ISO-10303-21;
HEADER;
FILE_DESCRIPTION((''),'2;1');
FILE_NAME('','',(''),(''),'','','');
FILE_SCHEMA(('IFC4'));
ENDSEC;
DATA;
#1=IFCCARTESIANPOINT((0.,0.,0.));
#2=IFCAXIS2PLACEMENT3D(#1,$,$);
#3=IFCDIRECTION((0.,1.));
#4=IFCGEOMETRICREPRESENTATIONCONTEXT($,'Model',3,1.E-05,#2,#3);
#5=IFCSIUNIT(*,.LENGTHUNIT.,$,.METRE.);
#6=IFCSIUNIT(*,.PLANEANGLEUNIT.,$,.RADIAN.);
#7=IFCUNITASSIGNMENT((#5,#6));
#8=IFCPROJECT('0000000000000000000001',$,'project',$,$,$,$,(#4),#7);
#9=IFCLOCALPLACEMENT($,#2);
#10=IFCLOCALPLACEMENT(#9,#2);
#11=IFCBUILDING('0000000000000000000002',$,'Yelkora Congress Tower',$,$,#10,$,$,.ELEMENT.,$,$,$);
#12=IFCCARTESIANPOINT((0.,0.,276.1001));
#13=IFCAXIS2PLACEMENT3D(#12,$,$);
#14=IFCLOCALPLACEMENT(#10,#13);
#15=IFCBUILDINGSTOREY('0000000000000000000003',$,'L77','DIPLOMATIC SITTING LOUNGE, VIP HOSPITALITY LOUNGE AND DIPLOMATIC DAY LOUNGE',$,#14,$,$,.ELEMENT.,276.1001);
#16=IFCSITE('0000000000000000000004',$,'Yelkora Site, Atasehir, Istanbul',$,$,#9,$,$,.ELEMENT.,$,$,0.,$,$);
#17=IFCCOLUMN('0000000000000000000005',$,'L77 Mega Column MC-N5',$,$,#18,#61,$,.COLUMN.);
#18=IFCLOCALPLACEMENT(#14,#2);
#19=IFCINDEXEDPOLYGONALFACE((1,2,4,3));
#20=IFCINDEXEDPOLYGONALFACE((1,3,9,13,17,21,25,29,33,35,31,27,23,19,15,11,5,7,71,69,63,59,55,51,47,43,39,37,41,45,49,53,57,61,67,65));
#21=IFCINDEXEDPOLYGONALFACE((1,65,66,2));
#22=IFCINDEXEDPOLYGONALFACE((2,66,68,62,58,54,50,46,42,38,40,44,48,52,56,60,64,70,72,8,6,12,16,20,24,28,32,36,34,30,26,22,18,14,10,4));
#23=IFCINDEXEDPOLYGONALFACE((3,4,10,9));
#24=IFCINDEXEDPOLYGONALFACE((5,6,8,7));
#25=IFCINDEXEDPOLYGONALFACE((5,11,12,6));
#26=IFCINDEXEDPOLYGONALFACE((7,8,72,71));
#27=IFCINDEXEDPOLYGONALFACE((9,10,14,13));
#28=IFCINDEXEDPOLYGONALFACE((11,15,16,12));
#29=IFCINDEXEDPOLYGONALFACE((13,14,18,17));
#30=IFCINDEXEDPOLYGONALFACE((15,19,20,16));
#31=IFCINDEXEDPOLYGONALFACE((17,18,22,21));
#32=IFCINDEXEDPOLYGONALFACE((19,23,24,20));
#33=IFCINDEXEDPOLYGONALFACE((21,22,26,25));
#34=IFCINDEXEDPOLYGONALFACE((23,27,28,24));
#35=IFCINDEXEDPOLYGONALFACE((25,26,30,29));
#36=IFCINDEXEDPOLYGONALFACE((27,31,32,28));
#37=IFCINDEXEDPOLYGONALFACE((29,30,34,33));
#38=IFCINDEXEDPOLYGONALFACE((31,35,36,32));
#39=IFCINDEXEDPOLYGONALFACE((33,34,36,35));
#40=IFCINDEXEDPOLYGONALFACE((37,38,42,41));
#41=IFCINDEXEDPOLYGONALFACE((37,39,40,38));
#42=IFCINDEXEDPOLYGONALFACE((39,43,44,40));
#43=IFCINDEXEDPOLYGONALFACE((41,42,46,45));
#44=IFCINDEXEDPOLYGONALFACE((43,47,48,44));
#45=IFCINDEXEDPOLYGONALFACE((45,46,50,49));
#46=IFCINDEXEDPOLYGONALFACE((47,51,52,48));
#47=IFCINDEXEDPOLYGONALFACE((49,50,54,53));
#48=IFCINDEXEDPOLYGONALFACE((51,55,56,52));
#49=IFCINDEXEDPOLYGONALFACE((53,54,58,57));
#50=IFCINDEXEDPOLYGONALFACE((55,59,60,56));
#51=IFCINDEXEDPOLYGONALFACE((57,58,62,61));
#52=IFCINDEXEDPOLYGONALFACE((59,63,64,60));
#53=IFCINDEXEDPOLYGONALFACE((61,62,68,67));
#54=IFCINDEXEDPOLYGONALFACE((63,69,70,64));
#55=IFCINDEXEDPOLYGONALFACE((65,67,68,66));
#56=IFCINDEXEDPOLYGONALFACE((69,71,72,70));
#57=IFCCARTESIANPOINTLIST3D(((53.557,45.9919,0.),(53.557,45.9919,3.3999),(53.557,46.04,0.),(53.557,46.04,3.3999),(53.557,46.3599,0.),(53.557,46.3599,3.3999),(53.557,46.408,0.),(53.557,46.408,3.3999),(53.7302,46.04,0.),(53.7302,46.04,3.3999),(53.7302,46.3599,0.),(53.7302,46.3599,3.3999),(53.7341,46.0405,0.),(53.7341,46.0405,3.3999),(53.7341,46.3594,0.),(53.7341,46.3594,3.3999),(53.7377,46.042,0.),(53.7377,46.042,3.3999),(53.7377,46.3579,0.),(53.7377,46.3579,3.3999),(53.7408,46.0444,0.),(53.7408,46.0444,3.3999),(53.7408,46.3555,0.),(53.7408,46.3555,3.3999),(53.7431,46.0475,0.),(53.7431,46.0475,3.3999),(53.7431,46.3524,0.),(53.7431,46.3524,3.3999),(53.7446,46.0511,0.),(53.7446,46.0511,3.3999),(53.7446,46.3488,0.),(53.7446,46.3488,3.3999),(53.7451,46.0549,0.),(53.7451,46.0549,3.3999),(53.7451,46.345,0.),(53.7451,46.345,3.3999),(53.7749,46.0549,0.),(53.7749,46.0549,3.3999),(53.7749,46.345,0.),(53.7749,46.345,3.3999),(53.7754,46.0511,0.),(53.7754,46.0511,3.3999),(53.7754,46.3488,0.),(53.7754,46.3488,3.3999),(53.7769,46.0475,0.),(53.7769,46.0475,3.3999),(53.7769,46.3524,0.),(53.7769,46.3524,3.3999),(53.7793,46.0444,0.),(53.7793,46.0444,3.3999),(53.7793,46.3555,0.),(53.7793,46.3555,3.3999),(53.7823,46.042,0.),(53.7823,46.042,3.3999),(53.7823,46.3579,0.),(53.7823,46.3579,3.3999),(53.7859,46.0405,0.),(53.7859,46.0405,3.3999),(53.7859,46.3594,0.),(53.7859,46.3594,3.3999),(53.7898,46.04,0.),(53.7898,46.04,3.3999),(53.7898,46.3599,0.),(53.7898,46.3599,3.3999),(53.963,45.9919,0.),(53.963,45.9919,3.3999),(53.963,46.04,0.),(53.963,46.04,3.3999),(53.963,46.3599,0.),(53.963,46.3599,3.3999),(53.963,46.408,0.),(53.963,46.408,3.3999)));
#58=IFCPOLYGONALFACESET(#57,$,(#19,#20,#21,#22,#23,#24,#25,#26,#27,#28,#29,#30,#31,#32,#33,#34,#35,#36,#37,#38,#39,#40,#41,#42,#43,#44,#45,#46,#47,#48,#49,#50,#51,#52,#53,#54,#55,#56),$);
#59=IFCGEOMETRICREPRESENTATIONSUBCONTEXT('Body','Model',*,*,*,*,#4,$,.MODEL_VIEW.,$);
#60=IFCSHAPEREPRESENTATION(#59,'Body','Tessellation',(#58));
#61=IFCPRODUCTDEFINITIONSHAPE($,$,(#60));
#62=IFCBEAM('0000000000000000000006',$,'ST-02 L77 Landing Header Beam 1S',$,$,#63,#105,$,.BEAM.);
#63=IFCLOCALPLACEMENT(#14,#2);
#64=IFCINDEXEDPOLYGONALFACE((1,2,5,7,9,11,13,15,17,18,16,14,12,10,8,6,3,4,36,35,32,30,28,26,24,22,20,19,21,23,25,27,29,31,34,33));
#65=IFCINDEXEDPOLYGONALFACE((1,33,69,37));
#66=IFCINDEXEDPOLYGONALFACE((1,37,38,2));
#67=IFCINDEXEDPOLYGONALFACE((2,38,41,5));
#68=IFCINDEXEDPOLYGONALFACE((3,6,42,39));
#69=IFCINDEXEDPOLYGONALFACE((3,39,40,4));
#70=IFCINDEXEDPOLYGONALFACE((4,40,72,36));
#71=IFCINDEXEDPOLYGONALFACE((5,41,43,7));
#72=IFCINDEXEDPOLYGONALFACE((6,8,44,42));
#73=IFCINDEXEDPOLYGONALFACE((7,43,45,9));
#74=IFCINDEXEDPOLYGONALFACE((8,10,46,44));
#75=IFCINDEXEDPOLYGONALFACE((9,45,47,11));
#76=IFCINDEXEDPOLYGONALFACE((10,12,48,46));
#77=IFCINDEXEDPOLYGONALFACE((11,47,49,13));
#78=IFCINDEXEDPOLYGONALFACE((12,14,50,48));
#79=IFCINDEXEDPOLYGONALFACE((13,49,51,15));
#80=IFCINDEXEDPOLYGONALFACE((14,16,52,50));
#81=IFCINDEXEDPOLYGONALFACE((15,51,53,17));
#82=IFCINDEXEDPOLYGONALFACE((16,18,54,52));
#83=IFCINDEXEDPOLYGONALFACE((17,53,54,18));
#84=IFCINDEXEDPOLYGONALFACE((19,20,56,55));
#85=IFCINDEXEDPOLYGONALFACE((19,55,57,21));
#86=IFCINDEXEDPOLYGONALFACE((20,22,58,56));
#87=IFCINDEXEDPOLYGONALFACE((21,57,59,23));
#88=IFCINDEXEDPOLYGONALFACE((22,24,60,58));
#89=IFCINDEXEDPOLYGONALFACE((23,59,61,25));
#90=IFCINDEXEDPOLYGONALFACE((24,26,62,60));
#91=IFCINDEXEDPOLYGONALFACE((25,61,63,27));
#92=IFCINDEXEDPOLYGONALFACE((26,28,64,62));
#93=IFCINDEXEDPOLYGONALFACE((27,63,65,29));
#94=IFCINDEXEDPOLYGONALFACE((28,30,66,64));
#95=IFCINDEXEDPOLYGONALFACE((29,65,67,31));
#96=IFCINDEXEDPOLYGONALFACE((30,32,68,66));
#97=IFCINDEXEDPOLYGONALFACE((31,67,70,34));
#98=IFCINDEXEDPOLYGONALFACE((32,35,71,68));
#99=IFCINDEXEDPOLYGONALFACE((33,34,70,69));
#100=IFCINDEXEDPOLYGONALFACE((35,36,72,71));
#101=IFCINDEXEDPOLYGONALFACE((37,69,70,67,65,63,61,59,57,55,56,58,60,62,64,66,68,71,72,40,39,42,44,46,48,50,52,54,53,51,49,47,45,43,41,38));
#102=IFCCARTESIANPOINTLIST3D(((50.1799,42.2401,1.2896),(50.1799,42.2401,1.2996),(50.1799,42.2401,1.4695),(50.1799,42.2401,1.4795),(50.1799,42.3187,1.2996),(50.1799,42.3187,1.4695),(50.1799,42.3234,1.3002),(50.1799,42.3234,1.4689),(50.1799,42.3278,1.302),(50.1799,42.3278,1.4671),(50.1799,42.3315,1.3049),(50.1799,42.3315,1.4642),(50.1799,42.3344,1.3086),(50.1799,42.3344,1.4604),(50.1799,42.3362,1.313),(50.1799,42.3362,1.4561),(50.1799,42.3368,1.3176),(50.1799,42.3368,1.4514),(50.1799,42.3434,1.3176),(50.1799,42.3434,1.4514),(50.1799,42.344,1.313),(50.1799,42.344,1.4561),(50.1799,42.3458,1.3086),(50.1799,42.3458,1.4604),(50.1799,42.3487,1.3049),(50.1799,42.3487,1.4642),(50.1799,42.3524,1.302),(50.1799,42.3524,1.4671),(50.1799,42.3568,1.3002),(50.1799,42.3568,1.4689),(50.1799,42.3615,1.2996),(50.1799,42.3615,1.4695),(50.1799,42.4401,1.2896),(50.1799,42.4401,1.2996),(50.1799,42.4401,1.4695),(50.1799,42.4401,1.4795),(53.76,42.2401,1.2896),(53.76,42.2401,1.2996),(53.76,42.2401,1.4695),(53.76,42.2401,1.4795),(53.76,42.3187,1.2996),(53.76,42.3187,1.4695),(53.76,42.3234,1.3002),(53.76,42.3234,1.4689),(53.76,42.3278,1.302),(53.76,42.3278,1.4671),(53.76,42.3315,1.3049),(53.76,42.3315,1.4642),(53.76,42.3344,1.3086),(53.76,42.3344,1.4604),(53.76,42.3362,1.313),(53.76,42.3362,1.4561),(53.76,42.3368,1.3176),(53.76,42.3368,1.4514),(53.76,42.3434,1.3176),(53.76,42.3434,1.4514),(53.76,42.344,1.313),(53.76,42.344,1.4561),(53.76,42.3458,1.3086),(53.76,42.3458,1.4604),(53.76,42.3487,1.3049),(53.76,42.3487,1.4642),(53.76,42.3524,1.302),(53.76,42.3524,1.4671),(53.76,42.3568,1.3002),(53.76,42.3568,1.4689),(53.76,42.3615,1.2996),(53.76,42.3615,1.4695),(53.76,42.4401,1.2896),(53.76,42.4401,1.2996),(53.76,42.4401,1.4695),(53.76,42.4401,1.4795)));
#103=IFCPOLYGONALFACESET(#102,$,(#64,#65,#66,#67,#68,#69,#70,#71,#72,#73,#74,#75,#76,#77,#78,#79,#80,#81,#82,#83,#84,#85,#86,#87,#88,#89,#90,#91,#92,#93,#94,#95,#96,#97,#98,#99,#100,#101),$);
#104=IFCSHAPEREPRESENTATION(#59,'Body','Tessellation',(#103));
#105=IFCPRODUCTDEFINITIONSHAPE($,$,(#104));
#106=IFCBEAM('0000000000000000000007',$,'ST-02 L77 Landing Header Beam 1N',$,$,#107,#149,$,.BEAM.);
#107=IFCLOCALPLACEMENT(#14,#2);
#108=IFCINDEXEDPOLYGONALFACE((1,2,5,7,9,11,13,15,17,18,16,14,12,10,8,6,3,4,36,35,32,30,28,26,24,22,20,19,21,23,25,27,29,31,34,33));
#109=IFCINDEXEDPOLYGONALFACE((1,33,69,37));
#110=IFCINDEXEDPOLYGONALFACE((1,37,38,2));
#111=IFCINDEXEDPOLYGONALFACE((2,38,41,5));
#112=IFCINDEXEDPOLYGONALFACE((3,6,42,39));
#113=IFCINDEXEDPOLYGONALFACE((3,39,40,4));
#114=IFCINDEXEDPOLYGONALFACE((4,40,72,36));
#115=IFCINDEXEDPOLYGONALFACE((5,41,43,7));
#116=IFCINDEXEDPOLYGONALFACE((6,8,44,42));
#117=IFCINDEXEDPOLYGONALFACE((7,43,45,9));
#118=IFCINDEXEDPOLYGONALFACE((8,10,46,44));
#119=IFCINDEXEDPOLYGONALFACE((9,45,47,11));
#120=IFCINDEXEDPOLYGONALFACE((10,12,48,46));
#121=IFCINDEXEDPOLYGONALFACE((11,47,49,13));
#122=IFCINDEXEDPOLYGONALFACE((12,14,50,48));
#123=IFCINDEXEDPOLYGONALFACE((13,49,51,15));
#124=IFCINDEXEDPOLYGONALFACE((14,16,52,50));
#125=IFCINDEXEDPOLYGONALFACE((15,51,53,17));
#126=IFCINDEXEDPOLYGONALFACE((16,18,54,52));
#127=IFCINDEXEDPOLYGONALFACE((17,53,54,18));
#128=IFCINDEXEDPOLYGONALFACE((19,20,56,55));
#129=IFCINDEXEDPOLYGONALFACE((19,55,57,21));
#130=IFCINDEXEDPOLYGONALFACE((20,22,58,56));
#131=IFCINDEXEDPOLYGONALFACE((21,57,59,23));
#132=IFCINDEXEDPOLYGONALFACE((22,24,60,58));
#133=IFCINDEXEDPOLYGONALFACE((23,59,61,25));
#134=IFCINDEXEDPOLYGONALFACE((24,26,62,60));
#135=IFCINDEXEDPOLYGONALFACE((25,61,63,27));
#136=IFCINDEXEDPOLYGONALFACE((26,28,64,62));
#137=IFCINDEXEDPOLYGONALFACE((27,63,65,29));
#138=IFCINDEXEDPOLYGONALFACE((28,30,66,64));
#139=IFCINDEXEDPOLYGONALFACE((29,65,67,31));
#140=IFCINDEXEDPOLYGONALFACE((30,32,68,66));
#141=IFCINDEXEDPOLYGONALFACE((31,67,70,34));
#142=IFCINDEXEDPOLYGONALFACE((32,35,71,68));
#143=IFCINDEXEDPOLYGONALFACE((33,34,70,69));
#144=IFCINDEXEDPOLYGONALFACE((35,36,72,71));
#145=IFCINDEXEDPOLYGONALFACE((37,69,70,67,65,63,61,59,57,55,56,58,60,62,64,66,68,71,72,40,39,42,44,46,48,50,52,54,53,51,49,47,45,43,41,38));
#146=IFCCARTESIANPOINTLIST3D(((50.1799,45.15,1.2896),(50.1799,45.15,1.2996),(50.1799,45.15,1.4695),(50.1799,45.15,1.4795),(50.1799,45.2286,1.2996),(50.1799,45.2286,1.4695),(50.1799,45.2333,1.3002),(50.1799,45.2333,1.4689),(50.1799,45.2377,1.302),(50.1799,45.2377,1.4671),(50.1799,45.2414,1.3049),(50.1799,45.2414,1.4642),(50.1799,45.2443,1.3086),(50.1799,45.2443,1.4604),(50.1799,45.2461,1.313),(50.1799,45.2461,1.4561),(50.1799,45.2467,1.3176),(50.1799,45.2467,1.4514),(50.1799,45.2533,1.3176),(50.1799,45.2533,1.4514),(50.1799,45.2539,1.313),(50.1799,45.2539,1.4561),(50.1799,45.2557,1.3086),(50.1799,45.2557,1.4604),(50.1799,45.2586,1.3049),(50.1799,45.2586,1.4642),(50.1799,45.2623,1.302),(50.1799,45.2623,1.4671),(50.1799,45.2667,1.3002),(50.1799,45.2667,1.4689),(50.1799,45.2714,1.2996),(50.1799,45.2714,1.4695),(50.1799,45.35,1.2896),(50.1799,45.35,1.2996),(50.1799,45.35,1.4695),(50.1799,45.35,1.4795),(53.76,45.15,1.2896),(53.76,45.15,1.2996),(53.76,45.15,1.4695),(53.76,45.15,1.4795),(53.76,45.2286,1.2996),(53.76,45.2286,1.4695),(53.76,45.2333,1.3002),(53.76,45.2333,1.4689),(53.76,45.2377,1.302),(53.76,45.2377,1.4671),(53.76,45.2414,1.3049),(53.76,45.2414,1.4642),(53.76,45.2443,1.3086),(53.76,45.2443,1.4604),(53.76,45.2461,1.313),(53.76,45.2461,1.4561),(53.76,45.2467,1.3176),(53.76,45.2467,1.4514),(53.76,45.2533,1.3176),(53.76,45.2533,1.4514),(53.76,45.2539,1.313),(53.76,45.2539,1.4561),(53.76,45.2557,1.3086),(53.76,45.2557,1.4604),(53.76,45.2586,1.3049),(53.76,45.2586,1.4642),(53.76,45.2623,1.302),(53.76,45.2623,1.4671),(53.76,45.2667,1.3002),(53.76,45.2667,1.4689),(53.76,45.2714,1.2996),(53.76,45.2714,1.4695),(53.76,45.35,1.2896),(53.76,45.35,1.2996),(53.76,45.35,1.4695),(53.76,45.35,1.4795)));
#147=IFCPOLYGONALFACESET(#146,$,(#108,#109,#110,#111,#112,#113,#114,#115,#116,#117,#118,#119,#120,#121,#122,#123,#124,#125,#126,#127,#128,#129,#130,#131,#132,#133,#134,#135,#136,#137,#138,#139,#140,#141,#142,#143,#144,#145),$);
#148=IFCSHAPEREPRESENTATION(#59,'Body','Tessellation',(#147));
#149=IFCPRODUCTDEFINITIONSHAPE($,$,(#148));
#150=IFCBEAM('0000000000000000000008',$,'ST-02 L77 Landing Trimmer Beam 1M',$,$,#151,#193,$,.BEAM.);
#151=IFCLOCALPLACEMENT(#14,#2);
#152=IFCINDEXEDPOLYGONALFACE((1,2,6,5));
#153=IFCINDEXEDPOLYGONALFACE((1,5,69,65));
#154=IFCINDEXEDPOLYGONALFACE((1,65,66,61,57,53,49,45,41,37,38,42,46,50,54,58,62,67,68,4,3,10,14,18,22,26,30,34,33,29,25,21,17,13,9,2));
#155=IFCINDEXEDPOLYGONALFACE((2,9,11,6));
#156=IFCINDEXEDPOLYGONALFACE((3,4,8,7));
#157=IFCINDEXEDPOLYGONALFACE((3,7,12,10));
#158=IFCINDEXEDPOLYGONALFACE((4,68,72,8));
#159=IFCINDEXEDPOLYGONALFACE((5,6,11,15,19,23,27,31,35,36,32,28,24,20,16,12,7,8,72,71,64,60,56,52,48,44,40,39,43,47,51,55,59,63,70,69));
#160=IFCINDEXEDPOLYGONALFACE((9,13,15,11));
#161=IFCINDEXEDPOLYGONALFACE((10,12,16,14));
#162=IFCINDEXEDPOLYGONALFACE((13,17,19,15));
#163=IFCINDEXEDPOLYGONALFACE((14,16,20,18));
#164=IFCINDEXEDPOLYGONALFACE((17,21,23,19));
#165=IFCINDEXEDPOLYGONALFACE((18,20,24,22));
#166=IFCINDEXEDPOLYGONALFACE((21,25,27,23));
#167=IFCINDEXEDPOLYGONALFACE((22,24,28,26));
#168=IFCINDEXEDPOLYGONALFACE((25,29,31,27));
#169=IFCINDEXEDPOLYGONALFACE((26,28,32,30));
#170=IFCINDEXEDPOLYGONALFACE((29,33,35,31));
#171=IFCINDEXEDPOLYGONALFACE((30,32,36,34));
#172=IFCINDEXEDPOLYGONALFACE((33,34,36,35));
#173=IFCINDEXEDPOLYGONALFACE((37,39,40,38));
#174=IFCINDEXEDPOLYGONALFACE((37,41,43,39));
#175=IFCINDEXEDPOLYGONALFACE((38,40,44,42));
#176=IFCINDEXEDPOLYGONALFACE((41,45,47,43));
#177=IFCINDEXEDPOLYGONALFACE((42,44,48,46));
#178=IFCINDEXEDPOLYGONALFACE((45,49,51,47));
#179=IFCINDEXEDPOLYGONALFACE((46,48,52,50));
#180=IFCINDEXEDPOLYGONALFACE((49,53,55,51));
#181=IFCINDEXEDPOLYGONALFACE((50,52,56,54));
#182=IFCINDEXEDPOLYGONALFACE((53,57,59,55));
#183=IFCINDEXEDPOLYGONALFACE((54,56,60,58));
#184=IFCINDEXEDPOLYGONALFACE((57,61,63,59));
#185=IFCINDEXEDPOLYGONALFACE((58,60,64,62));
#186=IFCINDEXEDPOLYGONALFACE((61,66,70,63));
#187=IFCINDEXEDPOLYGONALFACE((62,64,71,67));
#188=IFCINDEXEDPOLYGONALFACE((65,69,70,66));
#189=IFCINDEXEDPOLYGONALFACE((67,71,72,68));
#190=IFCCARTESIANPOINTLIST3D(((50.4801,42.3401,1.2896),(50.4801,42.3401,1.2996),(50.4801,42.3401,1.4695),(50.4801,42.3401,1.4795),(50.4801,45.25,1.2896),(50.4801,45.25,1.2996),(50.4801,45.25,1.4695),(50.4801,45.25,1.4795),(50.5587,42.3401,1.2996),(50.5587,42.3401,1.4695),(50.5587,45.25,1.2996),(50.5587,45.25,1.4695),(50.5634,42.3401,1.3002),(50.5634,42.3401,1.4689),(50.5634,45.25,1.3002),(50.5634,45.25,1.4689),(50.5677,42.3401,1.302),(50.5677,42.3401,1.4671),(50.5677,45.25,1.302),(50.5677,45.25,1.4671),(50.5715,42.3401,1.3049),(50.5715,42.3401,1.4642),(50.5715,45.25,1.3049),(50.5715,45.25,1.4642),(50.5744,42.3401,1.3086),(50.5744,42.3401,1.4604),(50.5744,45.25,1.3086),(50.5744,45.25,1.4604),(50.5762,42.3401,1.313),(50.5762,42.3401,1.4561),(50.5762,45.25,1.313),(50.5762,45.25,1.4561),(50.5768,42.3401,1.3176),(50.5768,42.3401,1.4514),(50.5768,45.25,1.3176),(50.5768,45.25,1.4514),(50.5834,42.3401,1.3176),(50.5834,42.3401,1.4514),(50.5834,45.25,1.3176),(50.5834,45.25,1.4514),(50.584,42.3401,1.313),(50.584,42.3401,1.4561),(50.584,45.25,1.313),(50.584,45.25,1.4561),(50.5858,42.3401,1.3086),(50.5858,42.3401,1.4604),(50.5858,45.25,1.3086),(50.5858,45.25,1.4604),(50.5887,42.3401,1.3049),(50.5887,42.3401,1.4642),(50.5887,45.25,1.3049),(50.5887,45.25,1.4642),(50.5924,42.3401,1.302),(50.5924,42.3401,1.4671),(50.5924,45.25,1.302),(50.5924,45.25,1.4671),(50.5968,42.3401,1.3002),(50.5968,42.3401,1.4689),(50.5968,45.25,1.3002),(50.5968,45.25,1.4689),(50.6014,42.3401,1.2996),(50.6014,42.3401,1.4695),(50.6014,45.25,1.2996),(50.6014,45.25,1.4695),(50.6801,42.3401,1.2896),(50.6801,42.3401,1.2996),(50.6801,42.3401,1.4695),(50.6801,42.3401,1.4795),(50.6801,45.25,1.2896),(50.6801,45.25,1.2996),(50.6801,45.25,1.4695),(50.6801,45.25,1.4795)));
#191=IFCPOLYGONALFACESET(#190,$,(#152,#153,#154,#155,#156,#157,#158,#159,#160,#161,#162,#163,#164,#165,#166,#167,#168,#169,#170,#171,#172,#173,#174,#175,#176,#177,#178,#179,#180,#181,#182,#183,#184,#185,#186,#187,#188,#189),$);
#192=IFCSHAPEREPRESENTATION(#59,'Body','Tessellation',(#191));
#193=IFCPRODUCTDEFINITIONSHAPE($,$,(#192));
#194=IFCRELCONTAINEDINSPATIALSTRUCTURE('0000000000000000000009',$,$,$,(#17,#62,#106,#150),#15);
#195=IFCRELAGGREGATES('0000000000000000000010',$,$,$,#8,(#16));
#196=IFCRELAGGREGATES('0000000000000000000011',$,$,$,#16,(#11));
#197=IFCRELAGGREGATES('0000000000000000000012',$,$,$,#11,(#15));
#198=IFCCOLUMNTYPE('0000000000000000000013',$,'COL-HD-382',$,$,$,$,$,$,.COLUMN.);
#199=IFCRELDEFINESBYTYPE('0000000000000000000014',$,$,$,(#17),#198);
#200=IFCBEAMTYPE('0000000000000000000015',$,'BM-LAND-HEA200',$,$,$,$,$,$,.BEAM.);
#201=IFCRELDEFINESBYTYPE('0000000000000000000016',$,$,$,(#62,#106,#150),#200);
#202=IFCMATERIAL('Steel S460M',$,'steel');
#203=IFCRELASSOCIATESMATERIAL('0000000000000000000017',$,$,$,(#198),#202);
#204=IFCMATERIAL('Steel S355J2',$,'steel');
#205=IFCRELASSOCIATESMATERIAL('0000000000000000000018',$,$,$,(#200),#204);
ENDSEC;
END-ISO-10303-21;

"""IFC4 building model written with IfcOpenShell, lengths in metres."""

from ifc_helpers import new_model, si_unit, direction, frame, origin, origin_2d, place, context, subcontext, project, spatial, i_section, extrude, material, material_profile, profile_set, type_object, element, save


model = new_model("IFC4")

# Units and contexts
model_context = context("Model", 3, precision=1e-05, world=origin(), true_north=direction((0.0, 1.0)))
body_context = subcontext(model_context, "Body", "Model", "MODEL_VIEW")
ifc_project = project(units=[si_unit("LENGTHUNIT", "METRE"), si_unit("PLANEANGLEUNIT", "RADIAN")], contexts=[model_context])

# Site, building, storey
site_placement = place(None, origin())
site = spatial("IfcSite", under=ifc_project, at=site_placement, Name="Yelkora Site, Atasehir, Istanbul", CompositionType="ELEMENT", RefElevation=0.0)
building_placement = place(site_placement, origin())
building = spatial("IfcBuilding", under=site, at=building_placement, Name="Yelkora Congress Tower", CompositionType="ELEMENT")
storey_placement = place(building_placement, frame((0.0, 0.0, 276.1001)))
storey = spatial("IfcBuildingStorey", under=building, at=storey_placement, Name="L77", Description="DIPLOMATIC SITTING LOUNGE, VIP HOSPITALITY LOUNGE AND DIPLOMATIC DAY LOUNGE", CompositionType="ELEMENT", Elevation=276.1001)

# Column
ifc_material_1 = material(Name="Steel S460M", Category="steel")
ifc_material_profile_1 = material_profile(ifc_material_1, i_section(OverallWidth=0.406, OverallDepth=0.416, WebThickness=0.0298, FlangeThickness=0.0481, FilletRadius=0.0149, at=origin_2d()), Name="HD 400x382")
ifc_profile_set_1 = profile_set([ifc_material_profile_1], Name="Steel S460M")
column_type = type_object("IfcColumnType", Name="COL-HD-382", PredefinedType="COLUMN", material=ifc_profile_set_1)
column_placement = place(storey_placement, frame((53.76, 46.2, 0.0), z_axis=(0.0, 0.0, 1.0), x_axis=(1.0, 0.0, 0.0)))
element("IfcColumn", 1, at=column_placement, inside=storey, type_object=column_type, Name="L77 Mega Column MC-N5", PredefinedType="COLUMN", context=body_context, shape_type="SweptSolid", body=[
    extrude(i_section(OverallWidth=0.406, OverallDepth=0.416, WebThickness=0.0298, FlangeThickness=0.0481, FilletRadius=0.0149, at=origin_2d()), origin(), (0.0, 0.0, 1.0), 3.3999),
])

# Beams
ifc_material_2 = material(Name="Steel S355J2", Category="steel")
ifc_material_profile_2 = material_profile(ifc_material_2, i_section(OverallWidth=0.2, OverallDepth=0.1899, WebThickness=0.0066, FlangeThickness=0.01, FilletRadius=0.0181, at=origin_2d()), Name="HEA 200")
ifc_profile_set_2 = profile_set([ifc_material_profile_2], Name="Steel S355J2")
beam_type = type_object("IfcBeamType", Name="BM-LAND-HEA200", PredefinedType="BEAM", material=ifc_profile_set_2)
for number, where, z_axis, x_axis, name in (
    (2, (50.1799, 42.3401, 1.3845), (1.0, 0.0, 0.0), (0.0, 1.0, 0.0), "ST-02 L77 Landing Header Beam 1S"),
    (3, (50.1799, 45.25, 1.3845), (1.0, 0.0, 0.0), (0.0, 1.0, 0.0), "ST-02 L77 Landing Header Beam 1N"),
):
    element("IfcBeam", number, at=place(storey_placement, frame(where, z_axis=z_axis, x_axis=x_axis)), inside=storey, type_object=beam_type, Name=name, PredefinedType="BEAM", context=body_context, shape_type="SweptSolid", body=[
        extrude(i_section(OverallWidth=0.2, OverallDepth=0.1899, WebThickness=0.0066, FlangeThickness=0.01, FilletRadius=0.0181, at=origin_2d()), origin(), (0.0, 0.0, 1.0), 3.5801),
    ])
beam_placement = place(storey_placement, frame((50.5801, 42.3401, 1.3845), z_axis=(0.0, 1.0, 0.0), x_axis=(-1.0, 0.0, 0.0)))
element("IfcBeam", 4, at=beam_placement, inside=storey, type_object=beam_type, Name="ST-02 L77 Landing Trimmer Beam 1M", PredefinedType="BEAM", context=body_context, shape_type="SweptSolid", body=[
    extrude(i_section(OverallWidth=0.2, OverallDepth=0.1899, WebThickness=0.0066, FlangeThickness=0.01, FilletRadius=0.0181, at=origin_2d()), origin(), (0.0, 0.0, 1.0), 2.9099),
])

save(model, "model.ifc")
